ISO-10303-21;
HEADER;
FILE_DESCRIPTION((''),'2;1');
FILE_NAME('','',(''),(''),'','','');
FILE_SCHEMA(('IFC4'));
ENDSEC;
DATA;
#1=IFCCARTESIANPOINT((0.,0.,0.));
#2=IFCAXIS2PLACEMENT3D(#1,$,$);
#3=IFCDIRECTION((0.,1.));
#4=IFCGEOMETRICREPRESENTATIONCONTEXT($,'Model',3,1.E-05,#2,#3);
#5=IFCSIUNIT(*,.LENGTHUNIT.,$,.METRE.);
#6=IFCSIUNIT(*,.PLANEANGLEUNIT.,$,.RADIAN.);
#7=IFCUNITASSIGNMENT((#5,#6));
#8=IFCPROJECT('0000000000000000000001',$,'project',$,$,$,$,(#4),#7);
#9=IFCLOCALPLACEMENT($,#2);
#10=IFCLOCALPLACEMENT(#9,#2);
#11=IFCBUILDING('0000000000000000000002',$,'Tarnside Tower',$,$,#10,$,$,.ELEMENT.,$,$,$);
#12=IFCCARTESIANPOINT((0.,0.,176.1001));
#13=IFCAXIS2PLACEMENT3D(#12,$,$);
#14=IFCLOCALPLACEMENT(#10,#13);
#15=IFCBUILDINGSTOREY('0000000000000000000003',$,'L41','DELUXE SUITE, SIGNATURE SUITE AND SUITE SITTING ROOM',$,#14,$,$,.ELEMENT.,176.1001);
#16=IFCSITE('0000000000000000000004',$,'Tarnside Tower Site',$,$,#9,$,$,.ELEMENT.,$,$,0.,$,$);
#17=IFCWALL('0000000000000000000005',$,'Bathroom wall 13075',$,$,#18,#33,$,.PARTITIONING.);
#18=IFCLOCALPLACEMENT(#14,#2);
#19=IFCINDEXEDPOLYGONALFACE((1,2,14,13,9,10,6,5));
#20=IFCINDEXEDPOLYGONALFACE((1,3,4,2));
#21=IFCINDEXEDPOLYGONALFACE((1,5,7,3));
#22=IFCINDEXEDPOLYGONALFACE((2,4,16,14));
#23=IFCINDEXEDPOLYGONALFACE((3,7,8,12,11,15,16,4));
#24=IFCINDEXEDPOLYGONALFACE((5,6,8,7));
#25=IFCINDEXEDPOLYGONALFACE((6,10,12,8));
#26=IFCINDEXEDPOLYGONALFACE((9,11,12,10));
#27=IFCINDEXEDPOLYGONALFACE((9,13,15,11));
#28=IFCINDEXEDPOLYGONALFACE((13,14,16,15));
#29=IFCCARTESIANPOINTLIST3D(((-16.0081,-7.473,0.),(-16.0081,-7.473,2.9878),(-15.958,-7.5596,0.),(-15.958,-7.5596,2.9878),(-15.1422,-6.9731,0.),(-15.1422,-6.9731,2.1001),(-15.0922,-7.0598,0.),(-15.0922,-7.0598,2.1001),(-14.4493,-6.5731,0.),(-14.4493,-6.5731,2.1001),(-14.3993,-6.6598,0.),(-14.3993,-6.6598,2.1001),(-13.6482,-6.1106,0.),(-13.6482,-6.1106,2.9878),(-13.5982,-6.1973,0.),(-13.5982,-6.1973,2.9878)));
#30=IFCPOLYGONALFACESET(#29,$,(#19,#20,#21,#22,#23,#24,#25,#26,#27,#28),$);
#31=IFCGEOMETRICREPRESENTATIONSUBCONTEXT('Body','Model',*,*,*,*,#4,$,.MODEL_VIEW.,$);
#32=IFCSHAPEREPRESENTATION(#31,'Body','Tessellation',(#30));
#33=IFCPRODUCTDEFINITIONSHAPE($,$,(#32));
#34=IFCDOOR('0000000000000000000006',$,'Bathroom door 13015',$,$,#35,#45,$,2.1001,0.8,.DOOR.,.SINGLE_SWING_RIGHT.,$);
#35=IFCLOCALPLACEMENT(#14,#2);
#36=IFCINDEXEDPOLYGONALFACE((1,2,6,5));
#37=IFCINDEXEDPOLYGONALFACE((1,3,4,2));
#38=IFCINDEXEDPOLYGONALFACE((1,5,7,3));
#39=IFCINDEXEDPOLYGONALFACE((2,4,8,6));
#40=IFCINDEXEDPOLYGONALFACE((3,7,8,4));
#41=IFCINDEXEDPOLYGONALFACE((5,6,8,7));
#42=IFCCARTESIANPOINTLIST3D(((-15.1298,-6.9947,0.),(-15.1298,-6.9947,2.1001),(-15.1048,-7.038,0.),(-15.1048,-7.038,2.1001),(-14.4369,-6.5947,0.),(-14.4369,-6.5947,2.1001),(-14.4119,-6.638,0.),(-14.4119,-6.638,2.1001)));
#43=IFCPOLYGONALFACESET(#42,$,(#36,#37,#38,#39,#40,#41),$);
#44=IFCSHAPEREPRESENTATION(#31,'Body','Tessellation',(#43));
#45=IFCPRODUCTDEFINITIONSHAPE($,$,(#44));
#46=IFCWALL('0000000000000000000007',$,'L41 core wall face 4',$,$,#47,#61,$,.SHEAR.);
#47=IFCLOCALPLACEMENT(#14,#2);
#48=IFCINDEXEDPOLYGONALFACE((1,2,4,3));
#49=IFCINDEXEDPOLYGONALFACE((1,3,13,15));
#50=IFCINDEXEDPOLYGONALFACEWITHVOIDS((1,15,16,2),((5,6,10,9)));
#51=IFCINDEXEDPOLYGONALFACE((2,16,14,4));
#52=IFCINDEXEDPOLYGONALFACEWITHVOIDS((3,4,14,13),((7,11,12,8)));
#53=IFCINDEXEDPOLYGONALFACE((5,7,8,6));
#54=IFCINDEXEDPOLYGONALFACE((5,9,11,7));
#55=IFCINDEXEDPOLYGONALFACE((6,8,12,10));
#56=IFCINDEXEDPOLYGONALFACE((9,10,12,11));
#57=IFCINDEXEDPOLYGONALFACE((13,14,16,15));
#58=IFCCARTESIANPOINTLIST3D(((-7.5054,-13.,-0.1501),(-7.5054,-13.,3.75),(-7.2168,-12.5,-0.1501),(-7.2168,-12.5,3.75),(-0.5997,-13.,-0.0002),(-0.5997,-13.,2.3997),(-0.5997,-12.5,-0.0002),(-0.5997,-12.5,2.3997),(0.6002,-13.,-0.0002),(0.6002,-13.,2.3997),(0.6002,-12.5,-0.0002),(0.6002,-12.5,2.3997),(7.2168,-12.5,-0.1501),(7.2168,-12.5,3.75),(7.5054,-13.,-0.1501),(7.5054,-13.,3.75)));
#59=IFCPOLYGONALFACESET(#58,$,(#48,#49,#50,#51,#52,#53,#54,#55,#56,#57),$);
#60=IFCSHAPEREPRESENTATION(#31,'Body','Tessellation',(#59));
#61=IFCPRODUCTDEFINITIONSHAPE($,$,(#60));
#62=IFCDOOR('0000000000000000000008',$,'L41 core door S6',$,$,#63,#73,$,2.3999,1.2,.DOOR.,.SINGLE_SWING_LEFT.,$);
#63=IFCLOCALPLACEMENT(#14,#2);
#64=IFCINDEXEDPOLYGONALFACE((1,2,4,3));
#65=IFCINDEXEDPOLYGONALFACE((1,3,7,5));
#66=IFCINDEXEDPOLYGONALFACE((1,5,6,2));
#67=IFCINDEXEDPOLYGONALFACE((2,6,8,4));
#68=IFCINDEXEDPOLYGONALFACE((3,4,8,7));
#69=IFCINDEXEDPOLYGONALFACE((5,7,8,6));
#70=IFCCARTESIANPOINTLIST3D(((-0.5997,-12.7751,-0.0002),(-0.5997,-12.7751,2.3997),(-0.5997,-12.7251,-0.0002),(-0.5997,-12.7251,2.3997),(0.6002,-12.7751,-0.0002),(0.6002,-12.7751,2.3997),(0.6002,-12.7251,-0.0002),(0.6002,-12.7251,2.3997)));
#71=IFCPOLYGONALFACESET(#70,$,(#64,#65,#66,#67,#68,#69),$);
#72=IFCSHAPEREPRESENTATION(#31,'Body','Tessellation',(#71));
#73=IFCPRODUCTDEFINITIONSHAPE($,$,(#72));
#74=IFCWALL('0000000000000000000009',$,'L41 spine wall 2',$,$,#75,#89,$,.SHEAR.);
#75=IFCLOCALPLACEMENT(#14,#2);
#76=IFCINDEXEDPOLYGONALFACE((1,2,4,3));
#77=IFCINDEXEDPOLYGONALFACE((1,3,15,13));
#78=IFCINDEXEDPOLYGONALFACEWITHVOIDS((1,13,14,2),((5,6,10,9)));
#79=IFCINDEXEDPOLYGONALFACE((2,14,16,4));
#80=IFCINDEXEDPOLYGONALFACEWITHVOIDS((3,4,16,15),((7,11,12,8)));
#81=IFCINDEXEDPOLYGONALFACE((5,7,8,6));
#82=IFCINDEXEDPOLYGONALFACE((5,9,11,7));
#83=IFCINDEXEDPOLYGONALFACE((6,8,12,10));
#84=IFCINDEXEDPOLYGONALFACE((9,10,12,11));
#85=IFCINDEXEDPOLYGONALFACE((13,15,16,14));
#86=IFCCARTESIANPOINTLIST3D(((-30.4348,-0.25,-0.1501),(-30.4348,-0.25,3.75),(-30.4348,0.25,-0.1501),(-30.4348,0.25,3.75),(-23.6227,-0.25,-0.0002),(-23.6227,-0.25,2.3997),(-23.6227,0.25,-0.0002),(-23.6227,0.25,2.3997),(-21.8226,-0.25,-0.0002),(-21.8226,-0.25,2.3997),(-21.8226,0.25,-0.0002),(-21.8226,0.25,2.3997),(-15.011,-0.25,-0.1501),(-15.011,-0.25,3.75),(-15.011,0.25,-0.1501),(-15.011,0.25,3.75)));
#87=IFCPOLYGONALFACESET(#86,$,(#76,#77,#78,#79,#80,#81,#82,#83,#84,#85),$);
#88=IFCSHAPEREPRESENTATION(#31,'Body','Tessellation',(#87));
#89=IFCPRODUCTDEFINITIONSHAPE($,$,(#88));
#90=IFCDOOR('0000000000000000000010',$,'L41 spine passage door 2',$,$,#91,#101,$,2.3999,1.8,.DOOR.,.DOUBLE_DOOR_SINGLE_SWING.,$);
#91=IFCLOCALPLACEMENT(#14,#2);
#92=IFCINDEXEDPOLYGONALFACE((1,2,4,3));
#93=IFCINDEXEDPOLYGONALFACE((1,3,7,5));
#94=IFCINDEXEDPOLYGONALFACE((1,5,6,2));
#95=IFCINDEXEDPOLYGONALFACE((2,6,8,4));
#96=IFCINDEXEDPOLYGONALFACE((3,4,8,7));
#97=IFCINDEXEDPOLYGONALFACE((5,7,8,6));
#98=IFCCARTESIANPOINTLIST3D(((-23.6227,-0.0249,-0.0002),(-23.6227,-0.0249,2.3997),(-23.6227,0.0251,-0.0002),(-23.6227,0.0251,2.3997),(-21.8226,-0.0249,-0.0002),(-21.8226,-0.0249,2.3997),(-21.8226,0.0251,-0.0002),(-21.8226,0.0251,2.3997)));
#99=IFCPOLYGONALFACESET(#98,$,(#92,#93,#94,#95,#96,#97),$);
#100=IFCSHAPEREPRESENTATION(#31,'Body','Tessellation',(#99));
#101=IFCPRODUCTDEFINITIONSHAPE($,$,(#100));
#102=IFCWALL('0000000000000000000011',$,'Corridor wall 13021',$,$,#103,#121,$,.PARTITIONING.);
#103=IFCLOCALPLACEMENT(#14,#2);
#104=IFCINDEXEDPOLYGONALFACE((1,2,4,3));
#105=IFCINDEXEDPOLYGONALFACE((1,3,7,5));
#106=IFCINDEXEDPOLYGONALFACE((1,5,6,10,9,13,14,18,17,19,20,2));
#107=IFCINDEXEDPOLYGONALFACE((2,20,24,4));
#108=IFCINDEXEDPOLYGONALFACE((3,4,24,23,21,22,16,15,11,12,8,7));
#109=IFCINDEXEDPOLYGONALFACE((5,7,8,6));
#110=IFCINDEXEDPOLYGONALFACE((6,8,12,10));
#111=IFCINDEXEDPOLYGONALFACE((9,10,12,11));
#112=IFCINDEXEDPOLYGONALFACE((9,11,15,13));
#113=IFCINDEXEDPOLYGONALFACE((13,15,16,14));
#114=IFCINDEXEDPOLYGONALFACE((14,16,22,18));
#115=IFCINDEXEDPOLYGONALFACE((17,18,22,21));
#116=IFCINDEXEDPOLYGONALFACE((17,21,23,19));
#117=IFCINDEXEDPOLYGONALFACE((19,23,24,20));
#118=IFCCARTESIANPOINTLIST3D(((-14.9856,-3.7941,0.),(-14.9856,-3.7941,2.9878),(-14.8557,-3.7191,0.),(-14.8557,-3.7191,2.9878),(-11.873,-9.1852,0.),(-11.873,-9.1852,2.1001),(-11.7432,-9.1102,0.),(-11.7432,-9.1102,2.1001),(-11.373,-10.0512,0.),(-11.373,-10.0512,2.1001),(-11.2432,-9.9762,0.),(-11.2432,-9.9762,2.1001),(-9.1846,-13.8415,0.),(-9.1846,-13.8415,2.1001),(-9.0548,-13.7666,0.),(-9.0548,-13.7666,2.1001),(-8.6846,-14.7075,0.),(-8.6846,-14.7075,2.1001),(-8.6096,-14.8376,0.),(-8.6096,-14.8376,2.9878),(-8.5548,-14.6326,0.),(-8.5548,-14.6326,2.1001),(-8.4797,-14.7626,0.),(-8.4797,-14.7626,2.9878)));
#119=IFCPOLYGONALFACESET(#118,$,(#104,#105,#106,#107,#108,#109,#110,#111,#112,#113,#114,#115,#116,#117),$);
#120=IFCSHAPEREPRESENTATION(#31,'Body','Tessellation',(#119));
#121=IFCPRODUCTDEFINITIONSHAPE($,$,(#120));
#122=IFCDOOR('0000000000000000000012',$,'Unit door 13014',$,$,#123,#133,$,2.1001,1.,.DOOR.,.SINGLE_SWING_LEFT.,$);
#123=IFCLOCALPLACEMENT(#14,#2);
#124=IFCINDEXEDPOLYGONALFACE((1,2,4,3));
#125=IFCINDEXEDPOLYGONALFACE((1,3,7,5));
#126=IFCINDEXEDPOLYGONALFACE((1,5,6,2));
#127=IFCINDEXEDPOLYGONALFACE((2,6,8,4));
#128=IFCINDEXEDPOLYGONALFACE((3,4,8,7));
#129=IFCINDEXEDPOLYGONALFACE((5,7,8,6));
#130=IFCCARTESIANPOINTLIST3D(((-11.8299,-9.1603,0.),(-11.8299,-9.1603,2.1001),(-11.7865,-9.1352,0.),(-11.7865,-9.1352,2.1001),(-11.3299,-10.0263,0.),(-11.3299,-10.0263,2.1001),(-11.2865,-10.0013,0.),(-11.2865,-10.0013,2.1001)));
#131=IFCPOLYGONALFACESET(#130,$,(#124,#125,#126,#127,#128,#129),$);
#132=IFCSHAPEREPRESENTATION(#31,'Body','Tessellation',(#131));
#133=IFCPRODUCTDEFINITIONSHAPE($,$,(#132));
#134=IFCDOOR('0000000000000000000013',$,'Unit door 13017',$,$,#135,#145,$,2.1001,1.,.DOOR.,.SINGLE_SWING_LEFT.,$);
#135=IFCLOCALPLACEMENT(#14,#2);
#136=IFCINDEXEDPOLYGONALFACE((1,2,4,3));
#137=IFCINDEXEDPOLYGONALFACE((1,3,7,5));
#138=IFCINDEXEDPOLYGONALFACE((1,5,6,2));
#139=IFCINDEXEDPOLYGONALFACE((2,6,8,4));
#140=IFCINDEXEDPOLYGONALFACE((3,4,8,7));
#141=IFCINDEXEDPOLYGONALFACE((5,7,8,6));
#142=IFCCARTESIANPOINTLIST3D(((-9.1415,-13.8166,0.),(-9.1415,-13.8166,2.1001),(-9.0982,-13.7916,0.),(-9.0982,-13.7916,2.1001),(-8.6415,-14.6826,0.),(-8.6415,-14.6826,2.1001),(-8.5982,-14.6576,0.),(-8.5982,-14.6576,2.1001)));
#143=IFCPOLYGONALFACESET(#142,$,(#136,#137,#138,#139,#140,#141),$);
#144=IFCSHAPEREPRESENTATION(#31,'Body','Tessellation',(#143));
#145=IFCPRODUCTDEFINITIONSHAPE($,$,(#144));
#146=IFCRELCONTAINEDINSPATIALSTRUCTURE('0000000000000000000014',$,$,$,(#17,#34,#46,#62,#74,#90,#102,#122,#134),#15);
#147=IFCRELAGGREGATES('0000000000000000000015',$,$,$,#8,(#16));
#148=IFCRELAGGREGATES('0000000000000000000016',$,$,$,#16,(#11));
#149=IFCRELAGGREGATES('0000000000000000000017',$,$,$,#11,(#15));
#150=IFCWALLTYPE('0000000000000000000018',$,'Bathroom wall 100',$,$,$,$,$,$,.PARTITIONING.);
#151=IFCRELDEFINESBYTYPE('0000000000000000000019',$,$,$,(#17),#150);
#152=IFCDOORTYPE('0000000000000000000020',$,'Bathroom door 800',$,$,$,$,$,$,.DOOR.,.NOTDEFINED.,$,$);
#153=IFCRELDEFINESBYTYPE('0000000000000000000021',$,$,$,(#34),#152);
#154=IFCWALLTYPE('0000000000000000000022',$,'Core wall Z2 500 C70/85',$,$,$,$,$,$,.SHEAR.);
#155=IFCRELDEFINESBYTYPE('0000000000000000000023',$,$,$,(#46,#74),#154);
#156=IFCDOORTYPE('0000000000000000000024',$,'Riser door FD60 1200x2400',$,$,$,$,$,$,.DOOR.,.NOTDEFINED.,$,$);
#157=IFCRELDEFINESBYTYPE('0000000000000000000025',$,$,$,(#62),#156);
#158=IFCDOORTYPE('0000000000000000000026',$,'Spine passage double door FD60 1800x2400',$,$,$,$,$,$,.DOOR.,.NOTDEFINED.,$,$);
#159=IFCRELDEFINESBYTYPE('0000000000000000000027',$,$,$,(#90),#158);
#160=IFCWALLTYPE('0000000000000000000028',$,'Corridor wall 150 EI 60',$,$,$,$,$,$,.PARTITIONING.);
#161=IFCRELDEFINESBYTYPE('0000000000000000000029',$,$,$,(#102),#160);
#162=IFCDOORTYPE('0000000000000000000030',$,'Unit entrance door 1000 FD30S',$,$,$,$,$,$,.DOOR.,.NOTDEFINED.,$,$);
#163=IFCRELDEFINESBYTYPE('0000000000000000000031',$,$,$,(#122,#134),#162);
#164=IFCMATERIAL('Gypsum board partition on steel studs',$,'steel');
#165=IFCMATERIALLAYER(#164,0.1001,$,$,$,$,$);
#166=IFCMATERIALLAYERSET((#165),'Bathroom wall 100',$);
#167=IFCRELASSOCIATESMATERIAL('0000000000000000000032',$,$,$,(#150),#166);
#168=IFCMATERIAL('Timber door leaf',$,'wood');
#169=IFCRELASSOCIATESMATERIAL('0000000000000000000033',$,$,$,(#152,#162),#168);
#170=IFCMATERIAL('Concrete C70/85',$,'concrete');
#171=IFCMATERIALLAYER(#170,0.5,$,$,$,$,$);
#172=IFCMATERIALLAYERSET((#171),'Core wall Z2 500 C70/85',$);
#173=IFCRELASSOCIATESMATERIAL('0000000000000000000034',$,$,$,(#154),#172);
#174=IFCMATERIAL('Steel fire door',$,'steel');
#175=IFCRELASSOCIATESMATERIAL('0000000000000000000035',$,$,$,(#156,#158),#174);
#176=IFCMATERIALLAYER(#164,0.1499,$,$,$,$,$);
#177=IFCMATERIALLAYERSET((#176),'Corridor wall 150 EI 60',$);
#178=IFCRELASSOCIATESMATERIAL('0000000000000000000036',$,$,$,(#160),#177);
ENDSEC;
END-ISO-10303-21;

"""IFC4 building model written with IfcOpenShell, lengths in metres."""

from ifc_helpers import new_model, si_unit, direction, frame, frame_2d, origin, place, context, subcontext, project, spatial, polyline, rectangle, outline, extrude, material, layer, layer_set, type_object, element, fill, save


model = new_model("IFC4")

# Units and contexts
model_context = context("Model", 3, precision=1e-05, world=origin(), true_north=direction((0.0, 1.0)))
body_context = subcontext(model_context, "Body", "Model", "MODEL_VIEW")
ifc_project = project(units=[si_unit("LENGTHUNIT", "METRE"), si_unit("PLANEANGLEUNIT", "RADIAN")], contexts=[model_context])

# Site, building, storey
site_placement = place(None, origin())
site = spatial("IfcSite", under=ifc_project, at=site_placement, Name="Tarnside Tower Site", CompositionType="ELEMENT", RefElevation=0.0)
building_placement = place(site_placement, origin())
building = spatial("IfcBuilding", under=site, at=building_placement, Name="Tarnside Tower", CompositionType="ELEMENT")
storey_placement = place(building_placement, frame((0.0, 0.0, 176.1001)))
storey = spatial("IfcBuildingStorey", under=building, at=storey_placement, Name="L41", Description="DELUXE SUITE, SIGNATURE SUITE AND SUITE SITTING ROOM", CompositionType="ELEMENT", Elevation=176.1001)

# Walls, openings, doors
ifc_material_1 = material(Name="Gypsum board partition on steel studs", Category="steel")
ifc_layer_1 = layer(ifc_material_1, 0.1001)
ifc_layer_set_1 = layer_set([ifc_layer_1], Name="Bathroom wall 100")
wall_type_1 = type_object("IfcWallType", Name="Bathroom wall 100", PredefinedType="PARTITIONING", material=ifc_layer_set_1)
wall_1_placement = place(storey_placement, frame((-13.6233, -6.1541, 0.0), z_axis=(0.0, 0.0, 1.0), x_axis=(-0.866051, -0.499955, 0.0)))
wall_1 = element("IfcWall", 1, at=wall_1_placement, inside=storey, type_object=wall_type_1, Name="Bathroom wall 13075", PredefinedType="PARTITIONING", context=body_context, shape_type="SweptSolid", body=[
    extrude(rectangle(XDim=2.7249, YDim=0.1001, at=frame_2d((1.3623, 0.0))), origin(), (0.0, 0.0, 1.0), 2.9878),
])
opening_1_placement = place(wall_1_placement, frame((0.925, 0.0, 0.0)))
opening_1 = element("IfcOpeningElement", 2, at=opening_1_placement, cuts=wall_1, PredefinedType="OPENING", context=body_context, shape_type="SweptSolid", body=[
    extrude(rectangle(XDim=0.8, YDim=2.1001, at=frame_2d((0.3999, 1.05))), frame((0.0, 0.0601, 0.0), z_axis=(0.0, -1.0, 0.0), x_axis=(1.0, 0.0, 0.0)), (0.0, 0.0, 1.0), 0.1201),
])
ifc_material_2 = material(Name="Timber door leaf", Category="wood")
door_type_1 = type_object("IfcDoorType", Name="Bathroom door 800", OperationType="NOTDEFINED", PredefinedType="DOOR", material=ifc_material_2)
door_1_placement = place(opening_1_placement, origin())
door_1 = element("IfcDoor", 3, at=door_1_placement, inside=storey, type_object=door_type_1, Name="Bathroom door 13015", OperationType="SINGLE_SWING_RIGHT", OverallHeight=2.1001, OverallWidth=0.8, PredefinedType="DOOR", context=body_context, shape_type="SweptSolid", body=[
    extrude(rectangle(XDim=0.8, YDim=2.1001, at=frame_2d((0.3999, 1.05))), frame((0.0, 0.0249, 0.0), z_axis=(0.0, -1.0, 0.0), x_axis=(1.0, 0.0, 0.0)), (0.0, 0.0, 1.0), 0.05),
])
fill(opening_1, door_1)
ifc_material_3 = material(Name="Concrete C70/85", Category="concrete")
ifc_layer_2 = layer(ifc_material_3, 0.5)
ifc_layer_set_2 = layer_set([ifc_layer_2], Name="Core wall Z2 500 C70/85")
wall_type_2 = type_object("IfcWallType", Name="Core wall Z2 500 C70/85", PredefinedType="SHEAR", material=ifc_layer_set_2)
wall_2_placement = place(storey_placement, frame((-7.3611, -12.75, -0.1501), z_axis=(0.0, 0.0, 1.0), x_axis=(1.0, 0.0, 0.0)))
wall_2 = element("IfcWall", 4, at=wall_2_placement, inside=storey, type_object=wall_type_2, Name="L41 core wall face 4", PredefinedType="SHEAR", context=body_context, shape_type="SweptSolid", body=[
    extrude(outline(polyline([(-0.1443, -0.25), (14.8665, -0.25), (14.5779, 0.25), (0.1443, 0.25), (-0.1443, -0.25)])), origin(), (0.0, 0.0, 1.0), 3.9001),
])
opening_2_placement = place(wall_2_placement, frame((6.7612, 0.0, 0.1499)))
opening_2 = element("IfcOpeningElement", 5, at=opening_2_placement, cuts=wall_2, PredefinedType="OPENING", context=body_context, shape_type="SweptSolid", body=[
    extrude(rectangle(XDim=1.2, YDim=2.3999, at=frame_2d((0.6001, 1.2))), frame((0.0, 0.26, 0.0), z_axis=(0.0, -1.0, 0.0), x_axis=(1.0, 0.0, 0.0)), (0.0, 0.0, 1.0), 0.52),
])
ifc_material_4 = material(Name="Steel fire door", Category="steel")
door_type_2 = type_object("IfcDoorType", Name="Riser door FD60 1200x2400", OperationType="NOTDEFINED", PredefinedType="DOOR", material=ifc_material_4)
door_2_placement = place(opening_2_placement, origin())
door_2 = element("IfcDoor", 6, at=door_2_placement, inside=storey, type_object=door_type_2, Name="L41 core door S6", OperationType="SINGLE_SWING_LEFT", OverallHeight=2.3999, OverallWidth=1.2, PredefinedType="DOOR", context=body_context, shape_type="SweptSolid", body=[
    extrude(rectangle(XDim=1.2, YDim=2.3999, at=frame_2d((0.6001, 1.2))), frame((0.0, 0.0249, 0.0), z_axis=(0.0, -1.0, 0.0), x_axis=(1.0, 0.0, 0.0)), (0.0, 0.0, 1.0), 0.05),
])
fill(opening_2, door_2)
wall_3_placement = place(storey_placement, frame((-15.011, 0.0, -0.1501), z_axis=(0.0, 0.0, 1.0), x_axis=(-1.0, 0.0, 0.0)))
wall_3 = element("IfcWall", 7, at=wall_3_placement, inside=storey, type_object=wall_type_2, Name="L41 spine wall 2", PredefinedType="SHEAR", context=body_context, shape_type="SweptSolid", body=[
    extrude(rectangle(XDim=15.4238, YDim=0.5, at=frame_2d((7.7119, 0.0))), origin(), (0.0, 0.0, 1.0), 3.9001),
])
opening_3_placement = place(wall_3_placement, frame((6.8118, 0.0, 0.1499)))
opening_3 = element("IfcOpeningElement", 8, at=opening_3_placement, cuts=wall_3, PredefinedType="OPENING", context=body_context, shape_type="SweptSolid", body=[
    extrude(rectangle(XDim=1.8, YDim=2.3999, at=frame_2d((0.8999, 1.2))), frame((0.0, 0.26, 0.0), z_axis=(0.0, -1.0, 0.0), x_axis=(1.0, 0.0, 0.0)), (0.0, 0.0, 1.0), 0.52),
])
door_type_3 = type_object("IfcDoorType", Name="Spine passage double door FD60 1800x2400", OperationType="NOTDEFINED", PredefinedType="DOOR", material=ifc_material_4)
door_3_placement = place(opening_3_placement, origin())
door_3 = element("IfcDoor", 9, at=door_3_placement, inside=storey, type_object=door_type_3, Name="L41 spine passage door 2", OperationType="DOUBLE_DOOR_SINGLE_SWING", OverallHeight=2.3999, OverallWidth=1.8, PredefinedType="DOOR", context=body_context, shape_type="SweptSolid", body=[
    extrude(rectangle(XDim=1.8, YDim=2.3999, at=frame_2d((0.8999, 1.2))), frame((0.0, 0.0249, 0.0), z_axis=(0.0, -1.0, 0.0), x_axis=(1.0, 0.0, 0.0)), (0.0, 0.0, 1.0), 0.05),
])
fill(opening_3, door_3)

# Wall, openings, doors
ifc_layer_3 = layer(ifc_material_1, 0.1499)
ifc_layer_set_3 = layer_set([ifc_layer_3], Name="Corridor wall 150 EI 60")
wall_type_3 = type_object("IfcWallType", Name="Corridor wall 150 EI 60", PredefinedType="PARTITIONING", material=ifc_layer_set_3)
wall_4_placement = place(storey_placement, frame((-14.9207, -3.7566, 0.0), z_axis=(0.0, 0.0, 1.0), x_axis=(0.500002, -0.866024, 0.0)))
wall_4 = element("IfcWall", 10, at=wall_4_placement, inside=storey, type_object=wall_type_3, Name="Corridor wall 13021", PredefinedType="PARTITIONING", context=body_context, shape_type="SweptSolid", body=[
    extrude(rectangle(XDim=12.752, YDim=0.1499, at=frame_2d((6.376, 0.0))), origin(), (0.0, 0.0, 1.0), 2.9878),
])
opening_4_placement = place(wall_4_placement, frame((6.2251, 0.0, 0.0)))
opening_4 = element("IfcOpeningElement", 11, at=opening_4_placement, cuts=wall_4, PredefinedType="OPENING", context=body_context, shape_type="SweptSolid", body=[
    extrude(rectangle(XDim=1.0, YDim=2.1001, at=frame_2d((0.5, 1.05))), frame((0.0, 0.085, 0.0), z_axis=(0.0, -1.0, 0.0), x_axis=(1.0, 0.0, 0.0)), (0.0, 0.0, 1.0), 0.1699),
])
opening_5_placement = place(wall_4_placement, frame((11.6018, 0.0, 0.0)))
opening_5 = element("IfcOpeningElement", 12, at=opening_5_placement, cuts=wall_4, PredefinedType="OPENING", context=body_context, shape_type="SweptSolid", body=[
    extrude(rectangle(XDim=1.0, YDim=2.1001, at=frame_2d((0.5, 1.05))), frame((0.0, 0.085, 0.0), z_axis=(0.0, -1.0, 0.0), x_axis=(1.0, 0.0, 0.0)), (0.0, 0.0, 1.0), 0.1699),
])
door_type_4 = type_object("IfcDoorType", Name="Unit entrance door 1000 FD30S", OperationType="NOTDEFINED", PredefinedType="DOOR", material=ifc_material_2)
door_4_placement = place(opening_4_placement, origin())
door_4 = element("IfcDoor", 13, at=door_4_placement, inside=storey, type_object=door_type_4, Name="Unit door 13014", OperationType="SINGLE_SWING_LEFT", OverallHeight=2.1001, OverallWidth=1.0, PredefinedType="DOOR", context=body_context, shape_type="SweptSolid", body=[
    extrude(rectangle(XDim=1.0, YDim=2.1001, at=frame_2d((0.5, 1.05))), frame((0.0, 0.0249, 0.0), z_axis=(0.0, -1.0, 0.0), x_axis=(1.0, 0.0, 0.0)), (0.0, 0.0, 1.0), 0.05),
])
fill(opening_4, door_4)
door_5_placement = place(opening_5_placement, origin())
door_5 = element("IfcDoor", 14, at=door_5_placement, inside=storey, type_object=door_type_4, Name="Unit door 13017", OperationType="SINGLE_SWING_LEFT", OverallHeight=2.1001, OverallWidth=1.0, PredefinedType="DOOR", context=body_context, shape_type="SweptSolid", body=[
    extrude(rectangle(XDim=1.0, YDim=2.1001, at=frame_2d((0.5, 1.05))), frame((0.0, 0.0249, 0.0), z_axis=(0.0, -1.0, 0.0), x_axis=(1.0, 0.0, 0.0)), (0.0, 0.0, 1.0), 0.05),
])
fill(opening_5, door_5)

save(model, "model.ifc")
